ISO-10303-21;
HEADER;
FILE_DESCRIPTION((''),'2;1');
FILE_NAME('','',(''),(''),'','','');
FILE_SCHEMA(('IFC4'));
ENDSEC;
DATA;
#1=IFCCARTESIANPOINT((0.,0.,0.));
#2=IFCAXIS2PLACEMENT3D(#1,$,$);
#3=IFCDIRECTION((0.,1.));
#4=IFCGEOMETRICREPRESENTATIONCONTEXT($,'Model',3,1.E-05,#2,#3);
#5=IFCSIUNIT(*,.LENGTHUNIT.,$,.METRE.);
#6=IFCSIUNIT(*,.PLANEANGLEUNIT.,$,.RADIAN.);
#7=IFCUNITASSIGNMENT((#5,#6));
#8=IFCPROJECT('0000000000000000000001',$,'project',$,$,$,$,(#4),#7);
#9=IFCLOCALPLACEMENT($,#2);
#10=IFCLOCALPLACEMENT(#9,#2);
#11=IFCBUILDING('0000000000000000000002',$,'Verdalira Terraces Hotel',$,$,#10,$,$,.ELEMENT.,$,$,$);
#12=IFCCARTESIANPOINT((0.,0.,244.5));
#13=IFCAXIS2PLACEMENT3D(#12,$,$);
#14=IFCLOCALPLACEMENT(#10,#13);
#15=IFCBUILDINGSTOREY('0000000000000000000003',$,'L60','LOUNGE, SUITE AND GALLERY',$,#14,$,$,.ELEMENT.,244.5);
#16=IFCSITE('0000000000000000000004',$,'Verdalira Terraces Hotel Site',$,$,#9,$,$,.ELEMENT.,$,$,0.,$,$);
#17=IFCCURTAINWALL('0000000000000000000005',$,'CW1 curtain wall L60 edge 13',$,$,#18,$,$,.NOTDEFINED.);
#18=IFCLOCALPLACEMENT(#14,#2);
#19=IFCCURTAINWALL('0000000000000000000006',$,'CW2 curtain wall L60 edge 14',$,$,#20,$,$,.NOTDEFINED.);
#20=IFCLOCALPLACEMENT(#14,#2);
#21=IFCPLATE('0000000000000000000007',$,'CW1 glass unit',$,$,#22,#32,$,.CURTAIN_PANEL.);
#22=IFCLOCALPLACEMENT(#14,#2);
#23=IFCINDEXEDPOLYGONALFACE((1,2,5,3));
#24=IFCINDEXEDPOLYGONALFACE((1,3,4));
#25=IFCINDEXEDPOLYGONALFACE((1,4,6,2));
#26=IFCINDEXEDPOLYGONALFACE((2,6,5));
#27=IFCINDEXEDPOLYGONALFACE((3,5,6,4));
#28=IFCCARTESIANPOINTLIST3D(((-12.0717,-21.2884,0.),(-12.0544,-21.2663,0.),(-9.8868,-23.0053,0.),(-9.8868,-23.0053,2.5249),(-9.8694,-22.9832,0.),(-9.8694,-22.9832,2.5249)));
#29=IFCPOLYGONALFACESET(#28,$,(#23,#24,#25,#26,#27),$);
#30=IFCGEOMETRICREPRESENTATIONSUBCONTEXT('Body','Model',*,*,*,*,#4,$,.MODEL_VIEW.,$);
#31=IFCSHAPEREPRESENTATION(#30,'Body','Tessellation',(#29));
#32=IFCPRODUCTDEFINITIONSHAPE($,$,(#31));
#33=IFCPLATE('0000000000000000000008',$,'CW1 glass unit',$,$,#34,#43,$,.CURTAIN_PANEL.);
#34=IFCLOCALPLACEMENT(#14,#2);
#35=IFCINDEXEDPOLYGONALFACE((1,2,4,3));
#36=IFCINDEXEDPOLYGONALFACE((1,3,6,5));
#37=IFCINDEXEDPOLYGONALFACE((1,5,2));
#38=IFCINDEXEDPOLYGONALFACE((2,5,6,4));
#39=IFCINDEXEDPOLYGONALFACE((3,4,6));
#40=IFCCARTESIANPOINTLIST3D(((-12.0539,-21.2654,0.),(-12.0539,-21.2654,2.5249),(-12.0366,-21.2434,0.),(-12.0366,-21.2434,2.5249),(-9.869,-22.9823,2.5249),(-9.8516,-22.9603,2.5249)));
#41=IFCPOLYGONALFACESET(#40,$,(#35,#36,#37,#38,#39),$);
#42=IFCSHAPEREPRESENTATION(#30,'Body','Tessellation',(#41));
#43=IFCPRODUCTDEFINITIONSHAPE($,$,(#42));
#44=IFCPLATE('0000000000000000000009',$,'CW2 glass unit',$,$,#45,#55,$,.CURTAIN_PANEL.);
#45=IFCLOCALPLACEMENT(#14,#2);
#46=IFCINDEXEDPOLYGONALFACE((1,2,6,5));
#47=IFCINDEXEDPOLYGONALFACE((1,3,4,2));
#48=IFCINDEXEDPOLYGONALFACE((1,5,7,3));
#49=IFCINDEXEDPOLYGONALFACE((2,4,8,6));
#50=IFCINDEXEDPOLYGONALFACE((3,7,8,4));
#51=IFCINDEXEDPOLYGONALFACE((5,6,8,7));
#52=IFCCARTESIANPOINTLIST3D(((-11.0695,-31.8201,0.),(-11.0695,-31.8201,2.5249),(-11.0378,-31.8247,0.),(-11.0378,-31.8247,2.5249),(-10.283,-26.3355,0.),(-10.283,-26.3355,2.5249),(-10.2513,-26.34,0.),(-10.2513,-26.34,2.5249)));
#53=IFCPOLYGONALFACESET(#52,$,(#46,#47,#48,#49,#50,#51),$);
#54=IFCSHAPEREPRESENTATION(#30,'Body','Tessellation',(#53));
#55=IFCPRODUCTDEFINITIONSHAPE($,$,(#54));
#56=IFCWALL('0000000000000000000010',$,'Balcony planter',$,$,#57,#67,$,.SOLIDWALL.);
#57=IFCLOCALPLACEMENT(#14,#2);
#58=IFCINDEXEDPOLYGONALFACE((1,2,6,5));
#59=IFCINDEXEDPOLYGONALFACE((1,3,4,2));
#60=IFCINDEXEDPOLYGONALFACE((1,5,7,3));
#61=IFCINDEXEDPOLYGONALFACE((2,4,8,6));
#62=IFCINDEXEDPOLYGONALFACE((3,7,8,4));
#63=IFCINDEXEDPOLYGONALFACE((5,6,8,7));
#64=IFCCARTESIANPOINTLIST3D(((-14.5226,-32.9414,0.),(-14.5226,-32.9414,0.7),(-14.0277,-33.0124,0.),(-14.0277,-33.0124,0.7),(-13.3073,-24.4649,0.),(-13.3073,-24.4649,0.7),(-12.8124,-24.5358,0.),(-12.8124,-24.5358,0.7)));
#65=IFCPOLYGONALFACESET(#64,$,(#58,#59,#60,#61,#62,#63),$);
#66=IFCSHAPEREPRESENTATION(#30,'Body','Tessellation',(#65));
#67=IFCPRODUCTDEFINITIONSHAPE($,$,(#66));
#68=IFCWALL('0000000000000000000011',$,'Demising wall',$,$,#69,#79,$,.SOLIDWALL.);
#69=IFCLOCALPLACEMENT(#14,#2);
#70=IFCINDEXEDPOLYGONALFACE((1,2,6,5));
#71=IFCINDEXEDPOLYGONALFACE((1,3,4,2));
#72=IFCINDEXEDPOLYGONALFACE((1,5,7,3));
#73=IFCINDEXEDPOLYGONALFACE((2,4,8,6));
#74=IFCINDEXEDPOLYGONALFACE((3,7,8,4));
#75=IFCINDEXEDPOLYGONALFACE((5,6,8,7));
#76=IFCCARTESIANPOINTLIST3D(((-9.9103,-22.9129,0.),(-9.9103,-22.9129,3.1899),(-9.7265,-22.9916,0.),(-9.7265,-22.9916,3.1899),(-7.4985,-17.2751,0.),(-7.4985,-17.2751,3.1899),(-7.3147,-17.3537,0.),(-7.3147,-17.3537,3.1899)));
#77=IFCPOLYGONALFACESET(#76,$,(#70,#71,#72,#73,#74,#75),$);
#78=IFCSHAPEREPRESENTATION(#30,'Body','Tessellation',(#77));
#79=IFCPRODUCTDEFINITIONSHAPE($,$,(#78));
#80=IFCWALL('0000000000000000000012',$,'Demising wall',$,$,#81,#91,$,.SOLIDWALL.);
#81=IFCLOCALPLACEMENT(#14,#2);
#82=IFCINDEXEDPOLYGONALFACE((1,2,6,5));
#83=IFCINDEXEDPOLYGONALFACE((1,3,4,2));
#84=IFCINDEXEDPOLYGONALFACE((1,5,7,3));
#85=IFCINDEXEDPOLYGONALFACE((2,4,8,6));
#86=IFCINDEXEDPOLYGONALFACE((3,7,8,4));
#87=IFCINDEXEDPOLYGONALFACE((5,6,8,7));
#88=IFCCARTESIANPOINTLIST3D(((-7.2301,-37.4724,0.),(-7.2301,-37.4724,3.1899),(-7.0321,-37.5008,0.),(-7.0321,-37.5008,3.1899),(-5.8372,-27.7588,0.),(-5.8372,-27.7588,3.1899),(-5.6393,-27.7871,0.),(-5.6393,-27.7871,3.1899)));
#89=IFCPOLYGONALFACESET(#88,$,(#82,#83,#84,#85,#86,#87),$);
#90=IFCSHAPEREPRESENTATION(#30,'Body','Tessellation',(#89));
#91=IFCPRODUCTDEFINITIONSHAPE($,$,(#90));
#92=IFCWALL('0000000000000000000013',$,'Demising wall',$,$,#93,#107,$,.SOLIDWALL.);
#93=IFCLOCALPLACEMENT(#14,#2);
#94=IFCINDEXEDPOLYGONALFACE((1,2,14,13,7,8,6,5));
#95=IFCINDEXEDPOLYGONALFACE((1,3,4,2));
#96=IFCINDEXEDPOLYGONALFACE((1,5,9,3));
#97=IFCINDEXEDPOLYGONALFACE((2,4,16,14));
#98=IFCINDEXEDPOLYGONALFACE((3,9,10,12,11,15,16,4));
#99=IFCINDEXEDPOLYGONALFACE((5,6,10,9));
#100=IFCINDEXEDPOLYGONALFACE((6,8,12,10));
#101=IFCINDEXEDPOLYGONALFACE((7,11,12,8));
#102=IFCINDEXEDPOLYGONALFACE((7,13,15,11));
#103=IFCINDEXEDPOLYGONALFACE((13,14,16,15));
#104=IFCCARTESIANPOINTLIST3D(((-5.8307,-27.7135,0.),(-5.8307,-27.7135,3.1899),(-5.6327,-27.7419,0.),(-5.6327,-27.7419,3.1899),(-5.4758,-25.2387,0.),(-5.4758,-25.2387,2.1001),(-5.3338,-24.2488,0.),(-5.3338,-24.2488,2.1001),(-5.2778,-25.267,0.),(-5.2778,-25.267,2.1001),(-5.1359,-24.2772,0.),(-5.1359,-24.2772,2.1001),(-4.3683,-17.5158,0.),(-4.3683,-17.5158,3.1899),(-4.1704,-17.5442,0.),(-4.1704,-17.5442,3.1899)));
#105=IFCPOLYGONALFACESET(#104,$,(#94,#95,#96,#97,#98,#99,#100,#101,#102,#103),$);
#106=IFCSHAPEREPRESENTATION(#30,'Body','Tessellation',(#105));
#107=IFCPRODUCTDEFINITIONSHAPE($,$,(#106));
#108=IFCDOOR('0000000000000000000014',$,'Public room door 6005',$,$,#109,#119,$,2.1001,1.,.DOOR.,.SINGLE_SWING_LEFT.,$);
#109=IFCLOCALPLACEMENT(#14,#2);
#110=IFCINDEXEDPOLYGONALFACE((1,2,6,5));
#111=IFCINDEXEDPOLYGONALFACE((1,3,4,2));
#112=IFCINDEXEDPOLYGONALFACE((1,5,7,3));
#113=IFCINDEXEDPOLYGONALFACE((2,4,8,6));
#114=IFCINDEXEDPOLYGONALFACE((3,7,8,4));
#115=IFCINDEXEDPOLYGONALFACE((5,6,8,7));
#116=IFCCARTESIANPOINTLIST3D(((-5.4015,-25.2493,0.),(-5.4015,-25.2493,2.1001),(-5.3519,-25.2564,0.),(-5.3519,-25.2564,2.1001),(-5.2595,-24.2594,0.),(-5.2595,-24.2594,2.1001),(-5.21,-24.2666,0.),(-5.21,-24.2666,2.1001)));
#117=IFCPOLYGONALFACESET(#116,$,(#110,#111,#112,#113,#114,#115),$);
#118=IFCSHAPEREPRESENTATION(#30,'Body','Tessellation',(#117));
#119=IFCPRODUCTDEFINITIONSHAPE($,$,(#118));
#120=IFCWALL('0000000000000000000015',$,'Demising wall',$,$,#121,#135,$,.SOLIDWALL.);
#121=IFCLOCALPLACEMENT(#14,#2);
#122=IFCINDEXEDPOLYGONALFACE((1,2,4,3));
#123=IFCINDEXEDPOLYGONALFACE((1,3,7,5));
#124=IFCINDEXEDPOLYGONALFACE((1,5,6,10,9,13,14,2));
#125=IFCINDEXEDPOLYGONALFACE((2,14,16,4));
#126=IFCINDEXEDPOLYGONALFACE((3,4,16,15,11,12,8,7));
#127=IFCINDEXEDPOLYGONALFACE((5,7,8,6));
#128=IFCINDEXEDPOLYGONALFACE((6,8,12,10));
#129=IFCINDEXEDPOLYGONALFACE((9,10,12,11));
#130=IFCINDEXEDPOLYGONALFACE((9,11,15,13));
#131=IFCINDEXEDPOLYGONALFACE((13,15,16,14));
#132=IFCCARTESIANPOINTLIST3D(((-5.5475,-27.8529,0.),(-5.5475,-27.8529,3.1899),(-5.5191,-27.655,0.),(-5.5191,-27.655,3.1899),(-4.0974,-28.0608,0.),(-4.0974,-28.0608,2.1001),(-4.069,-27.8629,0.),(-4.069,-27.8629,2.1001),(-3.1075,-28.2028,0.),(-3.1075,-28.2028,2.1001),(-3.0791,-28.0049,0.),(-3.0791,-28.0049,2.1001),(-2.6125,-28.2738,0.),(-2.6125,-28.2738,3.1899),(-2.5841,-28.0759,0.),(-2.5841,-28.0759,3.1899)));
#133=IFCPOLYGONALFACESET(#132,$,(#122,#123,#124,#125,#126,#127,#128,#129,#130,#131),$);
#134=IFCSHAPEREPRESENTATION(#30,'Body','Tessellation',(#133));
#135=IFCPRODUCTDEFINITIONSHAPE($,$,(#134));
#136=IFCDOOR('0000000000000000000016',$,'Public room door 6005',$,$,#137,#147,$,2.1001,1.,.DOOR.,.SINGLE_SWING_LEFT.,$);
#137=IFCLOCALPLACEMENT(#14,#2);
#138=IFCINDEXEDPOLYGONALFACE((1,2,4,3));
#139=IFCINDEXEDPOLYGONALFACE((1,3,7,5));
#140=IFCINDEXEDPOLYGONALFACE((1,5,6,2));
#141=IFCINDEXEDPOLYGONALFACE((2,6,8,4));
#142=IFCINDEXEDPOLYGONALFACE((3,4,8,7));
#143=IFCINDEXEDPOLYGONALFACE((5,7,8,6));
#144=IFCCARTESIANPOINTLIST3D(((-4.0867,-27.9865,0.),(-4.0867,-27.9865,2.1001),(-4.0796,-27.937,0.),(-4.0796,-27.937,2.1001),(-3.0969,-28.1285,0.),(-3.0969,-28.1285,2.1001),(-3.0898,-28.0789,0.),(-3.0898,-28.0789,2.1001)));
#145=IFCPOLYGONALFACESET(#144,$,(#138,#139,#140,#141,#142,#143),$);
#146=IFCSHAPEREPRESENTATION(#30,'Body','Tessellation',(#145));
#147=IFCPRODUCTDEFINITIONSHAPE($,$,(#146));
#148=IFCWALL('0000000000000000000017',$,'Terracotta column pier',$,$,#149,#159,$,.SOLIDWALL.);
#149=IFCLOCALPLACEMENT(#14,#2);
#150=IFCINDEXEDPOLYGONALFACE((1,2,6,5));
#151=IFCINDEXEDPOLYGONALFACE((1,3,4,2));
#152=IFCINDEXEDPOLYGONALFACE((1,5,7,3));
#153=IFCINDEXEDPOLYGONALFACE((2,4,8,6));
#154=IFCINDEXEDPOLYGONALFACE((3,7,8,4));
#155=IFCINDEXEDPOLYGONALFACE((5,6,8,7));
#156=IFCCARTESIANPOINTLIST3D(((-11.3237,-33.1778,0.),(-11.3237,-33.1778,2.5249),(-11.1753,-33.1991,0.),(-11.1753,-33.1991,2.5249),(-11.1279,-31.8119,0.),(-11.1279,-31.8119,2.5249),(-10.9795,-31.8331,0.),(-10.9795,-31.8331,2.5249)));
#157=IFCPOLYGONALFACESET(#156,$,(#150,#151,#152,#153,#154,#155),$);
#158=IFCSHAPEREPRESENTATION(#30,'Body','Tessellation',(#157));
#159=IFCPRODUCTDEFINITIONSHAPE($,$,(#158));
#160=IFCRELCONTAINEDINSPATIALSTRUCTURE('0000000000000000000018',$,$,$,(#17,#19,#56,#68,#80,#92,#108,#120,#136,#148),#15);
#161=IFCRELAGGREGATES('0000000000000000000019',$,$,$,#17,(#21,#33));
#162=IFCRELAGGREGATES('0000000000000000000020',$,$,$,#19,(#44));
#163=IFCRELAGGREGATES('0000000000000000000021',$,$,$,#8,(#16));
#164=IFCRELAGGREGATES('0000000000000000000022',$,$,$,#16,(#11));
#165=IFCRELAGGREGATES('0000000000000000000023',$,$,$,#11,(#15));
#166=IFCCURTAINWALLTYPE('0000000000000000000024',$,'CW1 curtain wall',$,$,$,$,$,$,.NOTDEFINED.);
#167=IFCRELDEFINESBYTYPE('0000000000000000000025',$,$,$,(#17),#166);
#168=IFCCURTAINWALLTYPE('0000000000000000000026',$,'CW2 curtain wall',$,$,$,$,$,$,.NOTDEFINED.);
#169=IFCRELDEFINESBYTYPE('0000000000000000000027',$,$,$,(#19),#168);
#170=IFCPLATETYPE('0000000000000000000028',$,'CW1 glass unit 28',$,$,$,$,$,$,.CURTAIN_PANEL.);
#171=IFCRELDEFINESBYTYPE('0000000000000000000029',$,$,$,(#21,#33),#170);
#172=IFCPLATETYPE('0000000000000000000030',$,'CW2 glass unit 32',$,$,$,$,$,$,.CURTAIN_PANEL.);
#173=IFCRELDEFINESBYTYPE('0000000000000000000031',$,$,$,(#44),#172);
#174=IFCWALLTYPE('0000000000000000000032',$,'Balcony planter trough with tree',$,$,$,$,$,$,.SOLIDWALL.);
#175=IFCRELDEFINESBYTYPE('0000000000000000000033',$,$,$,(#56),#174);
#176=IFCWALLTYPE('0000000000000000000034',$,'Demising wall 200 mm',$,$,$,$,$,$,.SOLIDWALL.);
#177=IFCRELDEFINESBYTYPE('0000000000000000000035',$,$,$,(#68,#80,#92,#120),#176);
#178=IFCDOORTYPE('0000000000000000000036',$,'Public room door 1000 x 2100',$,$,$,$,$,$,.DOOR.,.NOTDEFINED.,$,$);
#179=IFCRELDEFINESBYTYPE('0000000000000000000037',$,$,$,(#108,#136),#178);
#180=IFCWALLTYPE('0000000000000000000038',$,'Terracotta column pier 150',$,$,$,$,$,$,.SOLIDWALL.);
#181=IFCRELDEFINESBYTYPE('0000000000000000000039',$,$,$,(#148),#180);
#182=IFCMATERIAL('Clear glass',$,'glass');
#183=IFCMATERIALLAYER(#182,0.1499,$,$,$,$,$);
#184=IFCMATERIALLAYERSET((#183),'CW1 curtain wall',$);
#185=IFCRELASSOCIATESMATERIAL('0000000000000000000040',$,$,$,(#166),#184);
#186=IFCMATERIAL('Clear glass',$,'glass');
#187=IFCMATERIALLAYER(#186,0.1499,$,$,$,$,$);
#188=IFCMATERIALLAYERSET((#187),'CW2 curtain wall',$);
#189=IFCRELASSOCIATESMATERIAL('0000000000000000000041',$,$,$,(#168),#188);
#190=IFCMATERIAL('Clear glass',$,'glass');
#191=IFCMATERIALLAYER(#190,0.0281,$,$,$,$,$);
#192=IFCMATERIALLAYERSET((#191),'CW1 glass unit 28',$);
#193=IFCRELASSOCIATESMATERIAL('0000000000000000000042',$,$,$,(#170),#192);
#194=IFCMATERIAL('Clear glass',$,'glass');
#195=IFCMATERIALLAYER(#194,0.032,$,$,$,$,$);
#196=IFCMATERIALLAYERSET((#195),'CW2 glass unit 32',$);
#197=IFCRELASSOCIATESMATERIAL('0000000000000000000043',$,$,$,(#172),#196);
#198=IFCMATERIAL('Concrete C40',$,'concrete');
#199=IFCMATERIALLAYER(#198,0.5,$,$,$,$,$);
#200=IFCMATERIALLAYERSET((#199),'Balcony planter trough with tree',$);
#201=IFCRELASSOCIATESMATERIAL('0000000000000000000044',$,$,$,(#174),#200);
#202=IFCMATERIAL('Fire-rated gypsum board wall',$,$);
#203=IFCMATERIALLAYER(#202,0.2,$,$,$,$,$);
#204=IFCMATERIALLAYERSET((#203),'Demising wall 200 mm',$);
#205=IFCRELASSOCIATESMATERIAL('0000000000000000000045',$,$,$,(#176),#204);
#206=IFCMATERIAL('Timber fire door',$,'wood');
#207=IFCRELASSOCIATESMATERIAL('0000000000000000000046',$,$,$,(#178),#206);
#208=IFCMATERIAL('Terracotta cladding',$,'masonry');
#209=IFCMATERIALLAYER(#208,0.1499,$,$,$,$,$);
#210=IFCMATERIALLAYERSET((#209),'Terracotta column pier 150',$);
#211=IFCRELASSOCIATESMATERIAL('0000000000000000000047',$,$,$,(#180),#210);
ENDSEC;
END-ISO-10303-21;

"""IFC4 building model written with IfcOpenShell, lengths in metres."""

from ifc_helpers import new_model, si_unit, direction, frame, frame_2d, origin, origin_2d, place, context, subcontext, project, spatial, polyline, rectangle, outline, extrude, material, layer, layer_set, type_object, element, fill, aggregate, save


model = new_model("IFC4")

# Units and contexts
model_context = context("Model", 3, precision=1e-05, world=origin(), true_north=direction((0.0, 1.0)))
body_context = subcontext(model_context, "Body", "Model", "MODEL_VIEW")
ifc_project = project(units=[si_unit("LENGTHUNIT", "METRE"), si_unit("PLANEANGLEUNIT", "RADIAN")], contexts=[model_context])

# Site, building, storey
site_placement = place(None, origin())
site = spatial("IfcSite", under=ifc_project, at=site_placement, Name="Verdalira Terraces Hotel Site", CompositionType="ELEMENT", RefElevation=0.0)
building_placement = place(site_placement, origin())
building = spatial("IfcBuilding", under=site, at=building_placement, Name="Verdalira Terraces Hotel", CompositionType="ELEMENT")
storey_placement = place(building_placement, frame((0.0, 0.0, 244.5)))
storey = spatial("IfcBuildingStorey", under=building, at=storey_placement, Name="L60", Description="LOUNGE, SUITE AND GALLERY", CompositionType="ELEMENT", Elevation=244.5)

# Curtain wall
ifc_material_1 = material(Name="Clear glass", Category="glass")
ifc_layer_1 = layer(ifc_material_1, 0.1499)
ifc_layer_set_1 = layer_set([ifc_layer_1], Name="CW1 curtain wall")
curtain_wall_type_1 = type_object("IfcCurtainWallType", Name="CW1 curtain wall", PredefinedType="NOTDEFINED", material=ifc_layer_set_1)
curtain_wall_1_placement = place(storey_placement, origin())
curtain_wall_1 = element("IfcCurtainWall", 1, at=curtain_wall_1_placement, inside=storey, type_object=curtain_wall_type_1, Name="CW1 curtain wall L60 edge 13", PredefinedType="NOTDEFINED")

# Curtain wall
ifc_material_2 = material(Name="Clear glass", Category="glass")
ifc_layer_2 = layer(ifc_material_2, 0.1499)
ifc_layer_set_2 = layer_set([ifc_layer_2], Name="CW2 curtain wall")
curtain_wall_type_2 = type_object("IfcCurtainWallType", Name="CW2 curtain wall", PredefinedType="NOTDEFINED", material=ifc_layer_set_2)
curtain_wall_2_placement = place(storey_placement, origin())
curtain_wall_2 = element("IfcCurtainWall", 2, at=curtain_wall_2_placement, inside=storey, type_object=curtain_wall_type_2, Name="CW2 curtain wall L60 edge 14", PredefinedType="NOTDEFINED")

# Plates
ifc_material_3 = material(Name="Clear glass", Category="glass")
ifc_layer_3 = layer(ifc_material_3, 0.0281)
ifc_layer_set_3 = layer_set([ifc_layer_3], Name="CW1 glass unit 28")
plate_type_1 = type_object("IfcPlateType", Name="CW1 glass unit 28", PredefinedType="CURTAIN_PANEL", material=ifc_layer_set_3)
plate_1_placement = place(storey_placement, frame((-10.9619, -22.1248, 1.2625), z_axis=(-0.61786, -0.786288, 0.0), x_axis=(0.786288, -0.61786, 0.0)))
plate_1 = element("IfcPlate", 3, at=plate_1_placement, type_object=plate_type_1, Name="CW1 glass unit", PredefinedType="CURTAIN_PANEL", context=body_context, shape_type="SweptSolid", body=[
    extrude(outline(polyline([(-1.3894, -1.2625), (1.3894, -1.2625), (1.3894, 1.2625), (-1.3894, -1.2625)])), origin(), (0.0, 0.0, 1.0), 0.0281),
])
plate_2_placement = place(storey_placement, frame((-10.9441, -22.1018, 1.2625), z_axis=(-0.61786, -0.786288, 0.0), x_axis=(0.786288, -0.61786, 0.0)))
plate_2 = element("IfcPlate", 4, at=plate_2_placement, type_object=plate_type_1, Name="CW1 glass unit", PredefinedType="CURTAIN_PANEL", context=body_context, shape_type="SweptSolid", body=[
    extrude(outline(polyline([(-1.3894, -1.2625), (1.3894, 1.2625), (-1.3894, 1.2625), (-1.3894, -1.2625)])), origin(), (0.0, 0.0, 1.0), 0.0281),
])
aggregate(curtain_wall_1, [plate_1, plate_2])
ifc_material_4 = material(Name="Clear glass", Category="glass")
ifc_layer_4 = layer(ifc_material_4, 0.032)
ifc_layer_set_4 = layer_set([ifc_layer_4], Name="CW2 glass unit 32")
plate_type_2 = type_object("IfcPlateType", Name="CW2 glass unit 32", PredefinedType="CURTAIN_PANEL", material=ifc_layer_set_4)
plate_3_placement = place(storey_placement, frame((-10.6604, -29.0801, 0.0), z_axis=(0.0, 0.0, 1.0), x_axis=(-0.141938, -0.989876, 0.0)))
plate_3 = element("IfcPlate", 5, at=plate_3_placement, type_object=plate_type_2, Name="CW2 glass unit", PredefinedType="CURTAIN_PANEL", context=body_context, shape_type="SweptSolid", body=[
    extrude(rectangle(XDim=5.5408, YDim=0.032, at=origin_2d()), origin(), (0.0, 0.0, 1.0), 2.5249),
])
aggregate(curtain_wall_2, [plate_3])

# Walls
ifc_material_5 = material(Name="Concrete C40", Category="concrete")
ifc_layer_5 = layer(ifc_material_5, 0.5)
ifc_layer_set_5 = layer_set([ifc_layer_5], Name="Balcony planter trough with tree")
wall_type_1 = type_object("IfcWallType", Name="Balcony planter trough with tree", PredefinedType="SOLIDWALL", material=ifc_layer_set_5)
wall_1_placement = place(storey_placement, frame((-13.0598, -24.5002, 0.0), z_axis=(0.0, 0.0, 1.0), x_axis=(-0.141924, -0.989878, 0.0)))
element("IfcWall", 6, at=wall_1_placement, inside=storey, type_object=wall_type_1, Name="Balcony planter", PredefinedType="SOLIDWALL", context=body_context, shape_type="SweptSolid", body=[
    extrude(rectangle(XDim=8.5632, YDim=0.5, at=frame_2d((4.2817, 0.0))), origin(), (0.0, 0.0, 1.0), 0.7),
])
ifc_material_6 = material(Name="Fire-rated gypsum board wall")
ifc_layer_6 = layer(ifc_material_6, 0.2)
ifc_layer_set_6 = layer_set([ifc_layer_6], Name="Demising wall 200 mm")
wall_type_2 = type_object("IfcWallType", Name="Demising wall 200 mm", PredefinedType="SOLIDWALL", material=ifc_layer_set_6)
wall_2_placement = place(storey_placement, frame((-9.8184, -22.9521, 0.0), z_axis=(0.0, 0.0, 1.0), x_axis=(0.393314, 0.919404, 0.0)))
element("IfcWall", 7, at=wall_2_placement, inside=storey, type_object=wall_type_2, Name="Demising wall", PredefinedType="SOLIDWALL", context=body_context, shape_type="SweptSolid", body=[
    extrude(rectangle(XDim=6.1321, YDim=0.2, at=frame_2d((3.0659, 0.0))), origin(), (0.0, 0.0, 1.0), 3.1899),
])
wall_3_placement = place(storey_placement, frame((-5.7383, -27.7729, 0.0), z_axis=(0.0, 0.0, 1.0), x_axis=(-0.141937, -0.989876, 0.0)))
element("IfcWall", 8, at=wall_3_placement, inside=storey, type_object=wall_type_2, Name="Demising wall", PredefinedType="SOLIDWALL", context=body_context, shape_type="SweptSolid", body=[
    extrude(rectangle(XDim=9.813, YDim=0.2, at=frame_2d((4.9065, 0.0))), origin(), (0.0, 0.0, 1.0), 3.1899),
])

# Walls, openings, doors
wall_4_placement = place(storey_placement, frame((-5.7317, -27.7275, 0.0), z_axis=(0.0, 0.0, 1.0), x_axis=(0.141952, 0.989874, 0.0)))
wall_4 = element("IfcWall", 9, at=wall_4_placement, inside=storey, type_object=wall_type_2, Name="Demising wall", PredefinedType="SOLIDWALL", context=body_context, shape_type="SweptSolid", body=[
    extrude(rectangle(XDim=10.302, YDim=0.2, at=frame_2d((5.1509, 0.0))), origin(), (0.0, 0.0, 1.0), 3.1899),
])
opening_1_placement = place(wall_4_placement, frame((2.5, 0.0, 0.0)))
opening_1 = element("IfcOpeningElement", 10, at=opening_1_placement, cuts=wall_4, PredefinedType="OPENING", context=body_context, shape_type="SweptSolid", body=[
    extrude(rectangle(XDim=1.0, YDim=2.1001, at=frame_2d((0.5, 1.05))), frame((0.0, 0.1099, 0.0), z_axis=(0.0, -1.0, 0.0), x_axis=(1.0, 0.0, 0.0)), (0.0, 0.0, 1.0), 0.22),
])
ifc_material_7 = material(Name="Timber fire door", Category="wood")
door_type_1 = type_object("IfcDoorType", Name="Public room door 1000 x 2100", OperationType="NOTDEFINED", PredefinedType="DOOR", material=ifc_material_7)
door_1_placement = place(opening_1_placement, origin())
door_1 = element("IfcDoor", 11, at=door_1_placement, inside=storey, type_object=door_type_1, Name="Public room door 6005", OperationType="SINGLE_SWING_LEFT", OverallHeight=2.1001, OverallWidth=1.0, PredefinedType="DOOR", context=body_context, shape_type="SweptSolid", body=[
    extrude(rectangle(XDim=1.0, YDim=2.1001, at=frame_2d((0.5, 1.05))), frame((0.0, 0.0249, 0.0), z_axis=(0.0, -1.0, 0.0), x_axis=(1.0, 0.0, 0.0)), (0.0, 0.0, 1.0), 0.05),
])
fill(opening_1, door_1)
wall_5_placement = place(storey_placement, frame((-2.5984, -28.1748, 0.0), z_axis=(0.0, 0.0, 1.0), x_axis=(-0.989874, 0.141952, 0.0)))
wall_5 = element("IfcWall", 12, at=wall_5_placement, inside=storey, type_object=wall_type_2, Name="Demising wall", PredefinedType="SOLIDWALL", context=body_context, shape_type="SweptSolid", body=[
    extrude(rectangle(XDim=2.9651, YDim=0.2, at=frame_2d((1.4824, 0.0))), origin(), (0.0, 0.0, 1.0), 3.1899),
])
opening_2_placement = place(wall_5_placement, frame((0.5, 0.0, 0.0)))
opening_2 = element("IfcOpeningElement", 13, at=opening_2_placement, cuts=wall_5, PredefinedType="OPENING", context=body_context, shape_type="SweptSolid", body=[
    extrude(rectangle(XDim=1.0, YDim=2.1001, at=frame_2d((0.5, 1.05))), frame((0.0, 0.1099, 0.0), z_axis=(0.0, -1.0, 0.0), x_axis=(1.0, 0.0, 0.0)), (0.0, 0.0, 1.0), 0.22),
])
door_2_placement = place(opening_2_placement, origin())
door_2 = element("IfcDoor", 14, at=door_2_placement, inside=storey, type_object=door_type_1, Name="Public room door 6005", OperationType="SINGLE_SWING_LEFT", OverallHeight=2.1001, OverallWidth=1.0, PredefinedType="DOOR", context=body_context, shape_type="SweptSolid", body=[
    extrude(rectangle(XDim=1.0, YDim=2.1001, at=frame_2d((0.5, 1.05))), frame((0.0, 0.0249, 0.0), z_axis=(0.0, -1.0, 0.0), x_axis=(1.0, 0.0, 0.0)), (0.0, 0.0, 1.0), 0.05),
])
fill(opening_2, door_2)

# Wall
ifc_material_8 = material(Name="Terracotta cladding", Category="masonry")
ifc_layer_7 = layer(ifc_material_8, 0.1499)
ifc_layer_set_7 = layer_set([ifc_layer_7], Name="Terracotta column pier 150")
wall_type_3 = type_object("IfcWallType", Name="Terracotta column pier 150", PredefinedType="SOLIDWALL", material=ifc_layer_set_7)
wall_6_placement = place(storey_placement, frame((-11.0537, -31.8225, 0.0), z_axis=(0.0, 0.0, 1.0), x_axis=(-0.141892, -0.989882, 0.0)))
element("IfcWall", 15, at=wall_6_placement, inside=storey, type_object=wall_type_3, Name="Terracotta column pier", PredefinedType="SOLIDWALL", context=body_context, shape_type="SweptSolid", body=[
    extrude(rectangle(XDim=1.3799, YDim=0.1499, at=frame_2d((0.6899, 0.0))), origin(), (0.0, 0.0, 1.0), 2.5249),
])

save(model, "model.ifc")
